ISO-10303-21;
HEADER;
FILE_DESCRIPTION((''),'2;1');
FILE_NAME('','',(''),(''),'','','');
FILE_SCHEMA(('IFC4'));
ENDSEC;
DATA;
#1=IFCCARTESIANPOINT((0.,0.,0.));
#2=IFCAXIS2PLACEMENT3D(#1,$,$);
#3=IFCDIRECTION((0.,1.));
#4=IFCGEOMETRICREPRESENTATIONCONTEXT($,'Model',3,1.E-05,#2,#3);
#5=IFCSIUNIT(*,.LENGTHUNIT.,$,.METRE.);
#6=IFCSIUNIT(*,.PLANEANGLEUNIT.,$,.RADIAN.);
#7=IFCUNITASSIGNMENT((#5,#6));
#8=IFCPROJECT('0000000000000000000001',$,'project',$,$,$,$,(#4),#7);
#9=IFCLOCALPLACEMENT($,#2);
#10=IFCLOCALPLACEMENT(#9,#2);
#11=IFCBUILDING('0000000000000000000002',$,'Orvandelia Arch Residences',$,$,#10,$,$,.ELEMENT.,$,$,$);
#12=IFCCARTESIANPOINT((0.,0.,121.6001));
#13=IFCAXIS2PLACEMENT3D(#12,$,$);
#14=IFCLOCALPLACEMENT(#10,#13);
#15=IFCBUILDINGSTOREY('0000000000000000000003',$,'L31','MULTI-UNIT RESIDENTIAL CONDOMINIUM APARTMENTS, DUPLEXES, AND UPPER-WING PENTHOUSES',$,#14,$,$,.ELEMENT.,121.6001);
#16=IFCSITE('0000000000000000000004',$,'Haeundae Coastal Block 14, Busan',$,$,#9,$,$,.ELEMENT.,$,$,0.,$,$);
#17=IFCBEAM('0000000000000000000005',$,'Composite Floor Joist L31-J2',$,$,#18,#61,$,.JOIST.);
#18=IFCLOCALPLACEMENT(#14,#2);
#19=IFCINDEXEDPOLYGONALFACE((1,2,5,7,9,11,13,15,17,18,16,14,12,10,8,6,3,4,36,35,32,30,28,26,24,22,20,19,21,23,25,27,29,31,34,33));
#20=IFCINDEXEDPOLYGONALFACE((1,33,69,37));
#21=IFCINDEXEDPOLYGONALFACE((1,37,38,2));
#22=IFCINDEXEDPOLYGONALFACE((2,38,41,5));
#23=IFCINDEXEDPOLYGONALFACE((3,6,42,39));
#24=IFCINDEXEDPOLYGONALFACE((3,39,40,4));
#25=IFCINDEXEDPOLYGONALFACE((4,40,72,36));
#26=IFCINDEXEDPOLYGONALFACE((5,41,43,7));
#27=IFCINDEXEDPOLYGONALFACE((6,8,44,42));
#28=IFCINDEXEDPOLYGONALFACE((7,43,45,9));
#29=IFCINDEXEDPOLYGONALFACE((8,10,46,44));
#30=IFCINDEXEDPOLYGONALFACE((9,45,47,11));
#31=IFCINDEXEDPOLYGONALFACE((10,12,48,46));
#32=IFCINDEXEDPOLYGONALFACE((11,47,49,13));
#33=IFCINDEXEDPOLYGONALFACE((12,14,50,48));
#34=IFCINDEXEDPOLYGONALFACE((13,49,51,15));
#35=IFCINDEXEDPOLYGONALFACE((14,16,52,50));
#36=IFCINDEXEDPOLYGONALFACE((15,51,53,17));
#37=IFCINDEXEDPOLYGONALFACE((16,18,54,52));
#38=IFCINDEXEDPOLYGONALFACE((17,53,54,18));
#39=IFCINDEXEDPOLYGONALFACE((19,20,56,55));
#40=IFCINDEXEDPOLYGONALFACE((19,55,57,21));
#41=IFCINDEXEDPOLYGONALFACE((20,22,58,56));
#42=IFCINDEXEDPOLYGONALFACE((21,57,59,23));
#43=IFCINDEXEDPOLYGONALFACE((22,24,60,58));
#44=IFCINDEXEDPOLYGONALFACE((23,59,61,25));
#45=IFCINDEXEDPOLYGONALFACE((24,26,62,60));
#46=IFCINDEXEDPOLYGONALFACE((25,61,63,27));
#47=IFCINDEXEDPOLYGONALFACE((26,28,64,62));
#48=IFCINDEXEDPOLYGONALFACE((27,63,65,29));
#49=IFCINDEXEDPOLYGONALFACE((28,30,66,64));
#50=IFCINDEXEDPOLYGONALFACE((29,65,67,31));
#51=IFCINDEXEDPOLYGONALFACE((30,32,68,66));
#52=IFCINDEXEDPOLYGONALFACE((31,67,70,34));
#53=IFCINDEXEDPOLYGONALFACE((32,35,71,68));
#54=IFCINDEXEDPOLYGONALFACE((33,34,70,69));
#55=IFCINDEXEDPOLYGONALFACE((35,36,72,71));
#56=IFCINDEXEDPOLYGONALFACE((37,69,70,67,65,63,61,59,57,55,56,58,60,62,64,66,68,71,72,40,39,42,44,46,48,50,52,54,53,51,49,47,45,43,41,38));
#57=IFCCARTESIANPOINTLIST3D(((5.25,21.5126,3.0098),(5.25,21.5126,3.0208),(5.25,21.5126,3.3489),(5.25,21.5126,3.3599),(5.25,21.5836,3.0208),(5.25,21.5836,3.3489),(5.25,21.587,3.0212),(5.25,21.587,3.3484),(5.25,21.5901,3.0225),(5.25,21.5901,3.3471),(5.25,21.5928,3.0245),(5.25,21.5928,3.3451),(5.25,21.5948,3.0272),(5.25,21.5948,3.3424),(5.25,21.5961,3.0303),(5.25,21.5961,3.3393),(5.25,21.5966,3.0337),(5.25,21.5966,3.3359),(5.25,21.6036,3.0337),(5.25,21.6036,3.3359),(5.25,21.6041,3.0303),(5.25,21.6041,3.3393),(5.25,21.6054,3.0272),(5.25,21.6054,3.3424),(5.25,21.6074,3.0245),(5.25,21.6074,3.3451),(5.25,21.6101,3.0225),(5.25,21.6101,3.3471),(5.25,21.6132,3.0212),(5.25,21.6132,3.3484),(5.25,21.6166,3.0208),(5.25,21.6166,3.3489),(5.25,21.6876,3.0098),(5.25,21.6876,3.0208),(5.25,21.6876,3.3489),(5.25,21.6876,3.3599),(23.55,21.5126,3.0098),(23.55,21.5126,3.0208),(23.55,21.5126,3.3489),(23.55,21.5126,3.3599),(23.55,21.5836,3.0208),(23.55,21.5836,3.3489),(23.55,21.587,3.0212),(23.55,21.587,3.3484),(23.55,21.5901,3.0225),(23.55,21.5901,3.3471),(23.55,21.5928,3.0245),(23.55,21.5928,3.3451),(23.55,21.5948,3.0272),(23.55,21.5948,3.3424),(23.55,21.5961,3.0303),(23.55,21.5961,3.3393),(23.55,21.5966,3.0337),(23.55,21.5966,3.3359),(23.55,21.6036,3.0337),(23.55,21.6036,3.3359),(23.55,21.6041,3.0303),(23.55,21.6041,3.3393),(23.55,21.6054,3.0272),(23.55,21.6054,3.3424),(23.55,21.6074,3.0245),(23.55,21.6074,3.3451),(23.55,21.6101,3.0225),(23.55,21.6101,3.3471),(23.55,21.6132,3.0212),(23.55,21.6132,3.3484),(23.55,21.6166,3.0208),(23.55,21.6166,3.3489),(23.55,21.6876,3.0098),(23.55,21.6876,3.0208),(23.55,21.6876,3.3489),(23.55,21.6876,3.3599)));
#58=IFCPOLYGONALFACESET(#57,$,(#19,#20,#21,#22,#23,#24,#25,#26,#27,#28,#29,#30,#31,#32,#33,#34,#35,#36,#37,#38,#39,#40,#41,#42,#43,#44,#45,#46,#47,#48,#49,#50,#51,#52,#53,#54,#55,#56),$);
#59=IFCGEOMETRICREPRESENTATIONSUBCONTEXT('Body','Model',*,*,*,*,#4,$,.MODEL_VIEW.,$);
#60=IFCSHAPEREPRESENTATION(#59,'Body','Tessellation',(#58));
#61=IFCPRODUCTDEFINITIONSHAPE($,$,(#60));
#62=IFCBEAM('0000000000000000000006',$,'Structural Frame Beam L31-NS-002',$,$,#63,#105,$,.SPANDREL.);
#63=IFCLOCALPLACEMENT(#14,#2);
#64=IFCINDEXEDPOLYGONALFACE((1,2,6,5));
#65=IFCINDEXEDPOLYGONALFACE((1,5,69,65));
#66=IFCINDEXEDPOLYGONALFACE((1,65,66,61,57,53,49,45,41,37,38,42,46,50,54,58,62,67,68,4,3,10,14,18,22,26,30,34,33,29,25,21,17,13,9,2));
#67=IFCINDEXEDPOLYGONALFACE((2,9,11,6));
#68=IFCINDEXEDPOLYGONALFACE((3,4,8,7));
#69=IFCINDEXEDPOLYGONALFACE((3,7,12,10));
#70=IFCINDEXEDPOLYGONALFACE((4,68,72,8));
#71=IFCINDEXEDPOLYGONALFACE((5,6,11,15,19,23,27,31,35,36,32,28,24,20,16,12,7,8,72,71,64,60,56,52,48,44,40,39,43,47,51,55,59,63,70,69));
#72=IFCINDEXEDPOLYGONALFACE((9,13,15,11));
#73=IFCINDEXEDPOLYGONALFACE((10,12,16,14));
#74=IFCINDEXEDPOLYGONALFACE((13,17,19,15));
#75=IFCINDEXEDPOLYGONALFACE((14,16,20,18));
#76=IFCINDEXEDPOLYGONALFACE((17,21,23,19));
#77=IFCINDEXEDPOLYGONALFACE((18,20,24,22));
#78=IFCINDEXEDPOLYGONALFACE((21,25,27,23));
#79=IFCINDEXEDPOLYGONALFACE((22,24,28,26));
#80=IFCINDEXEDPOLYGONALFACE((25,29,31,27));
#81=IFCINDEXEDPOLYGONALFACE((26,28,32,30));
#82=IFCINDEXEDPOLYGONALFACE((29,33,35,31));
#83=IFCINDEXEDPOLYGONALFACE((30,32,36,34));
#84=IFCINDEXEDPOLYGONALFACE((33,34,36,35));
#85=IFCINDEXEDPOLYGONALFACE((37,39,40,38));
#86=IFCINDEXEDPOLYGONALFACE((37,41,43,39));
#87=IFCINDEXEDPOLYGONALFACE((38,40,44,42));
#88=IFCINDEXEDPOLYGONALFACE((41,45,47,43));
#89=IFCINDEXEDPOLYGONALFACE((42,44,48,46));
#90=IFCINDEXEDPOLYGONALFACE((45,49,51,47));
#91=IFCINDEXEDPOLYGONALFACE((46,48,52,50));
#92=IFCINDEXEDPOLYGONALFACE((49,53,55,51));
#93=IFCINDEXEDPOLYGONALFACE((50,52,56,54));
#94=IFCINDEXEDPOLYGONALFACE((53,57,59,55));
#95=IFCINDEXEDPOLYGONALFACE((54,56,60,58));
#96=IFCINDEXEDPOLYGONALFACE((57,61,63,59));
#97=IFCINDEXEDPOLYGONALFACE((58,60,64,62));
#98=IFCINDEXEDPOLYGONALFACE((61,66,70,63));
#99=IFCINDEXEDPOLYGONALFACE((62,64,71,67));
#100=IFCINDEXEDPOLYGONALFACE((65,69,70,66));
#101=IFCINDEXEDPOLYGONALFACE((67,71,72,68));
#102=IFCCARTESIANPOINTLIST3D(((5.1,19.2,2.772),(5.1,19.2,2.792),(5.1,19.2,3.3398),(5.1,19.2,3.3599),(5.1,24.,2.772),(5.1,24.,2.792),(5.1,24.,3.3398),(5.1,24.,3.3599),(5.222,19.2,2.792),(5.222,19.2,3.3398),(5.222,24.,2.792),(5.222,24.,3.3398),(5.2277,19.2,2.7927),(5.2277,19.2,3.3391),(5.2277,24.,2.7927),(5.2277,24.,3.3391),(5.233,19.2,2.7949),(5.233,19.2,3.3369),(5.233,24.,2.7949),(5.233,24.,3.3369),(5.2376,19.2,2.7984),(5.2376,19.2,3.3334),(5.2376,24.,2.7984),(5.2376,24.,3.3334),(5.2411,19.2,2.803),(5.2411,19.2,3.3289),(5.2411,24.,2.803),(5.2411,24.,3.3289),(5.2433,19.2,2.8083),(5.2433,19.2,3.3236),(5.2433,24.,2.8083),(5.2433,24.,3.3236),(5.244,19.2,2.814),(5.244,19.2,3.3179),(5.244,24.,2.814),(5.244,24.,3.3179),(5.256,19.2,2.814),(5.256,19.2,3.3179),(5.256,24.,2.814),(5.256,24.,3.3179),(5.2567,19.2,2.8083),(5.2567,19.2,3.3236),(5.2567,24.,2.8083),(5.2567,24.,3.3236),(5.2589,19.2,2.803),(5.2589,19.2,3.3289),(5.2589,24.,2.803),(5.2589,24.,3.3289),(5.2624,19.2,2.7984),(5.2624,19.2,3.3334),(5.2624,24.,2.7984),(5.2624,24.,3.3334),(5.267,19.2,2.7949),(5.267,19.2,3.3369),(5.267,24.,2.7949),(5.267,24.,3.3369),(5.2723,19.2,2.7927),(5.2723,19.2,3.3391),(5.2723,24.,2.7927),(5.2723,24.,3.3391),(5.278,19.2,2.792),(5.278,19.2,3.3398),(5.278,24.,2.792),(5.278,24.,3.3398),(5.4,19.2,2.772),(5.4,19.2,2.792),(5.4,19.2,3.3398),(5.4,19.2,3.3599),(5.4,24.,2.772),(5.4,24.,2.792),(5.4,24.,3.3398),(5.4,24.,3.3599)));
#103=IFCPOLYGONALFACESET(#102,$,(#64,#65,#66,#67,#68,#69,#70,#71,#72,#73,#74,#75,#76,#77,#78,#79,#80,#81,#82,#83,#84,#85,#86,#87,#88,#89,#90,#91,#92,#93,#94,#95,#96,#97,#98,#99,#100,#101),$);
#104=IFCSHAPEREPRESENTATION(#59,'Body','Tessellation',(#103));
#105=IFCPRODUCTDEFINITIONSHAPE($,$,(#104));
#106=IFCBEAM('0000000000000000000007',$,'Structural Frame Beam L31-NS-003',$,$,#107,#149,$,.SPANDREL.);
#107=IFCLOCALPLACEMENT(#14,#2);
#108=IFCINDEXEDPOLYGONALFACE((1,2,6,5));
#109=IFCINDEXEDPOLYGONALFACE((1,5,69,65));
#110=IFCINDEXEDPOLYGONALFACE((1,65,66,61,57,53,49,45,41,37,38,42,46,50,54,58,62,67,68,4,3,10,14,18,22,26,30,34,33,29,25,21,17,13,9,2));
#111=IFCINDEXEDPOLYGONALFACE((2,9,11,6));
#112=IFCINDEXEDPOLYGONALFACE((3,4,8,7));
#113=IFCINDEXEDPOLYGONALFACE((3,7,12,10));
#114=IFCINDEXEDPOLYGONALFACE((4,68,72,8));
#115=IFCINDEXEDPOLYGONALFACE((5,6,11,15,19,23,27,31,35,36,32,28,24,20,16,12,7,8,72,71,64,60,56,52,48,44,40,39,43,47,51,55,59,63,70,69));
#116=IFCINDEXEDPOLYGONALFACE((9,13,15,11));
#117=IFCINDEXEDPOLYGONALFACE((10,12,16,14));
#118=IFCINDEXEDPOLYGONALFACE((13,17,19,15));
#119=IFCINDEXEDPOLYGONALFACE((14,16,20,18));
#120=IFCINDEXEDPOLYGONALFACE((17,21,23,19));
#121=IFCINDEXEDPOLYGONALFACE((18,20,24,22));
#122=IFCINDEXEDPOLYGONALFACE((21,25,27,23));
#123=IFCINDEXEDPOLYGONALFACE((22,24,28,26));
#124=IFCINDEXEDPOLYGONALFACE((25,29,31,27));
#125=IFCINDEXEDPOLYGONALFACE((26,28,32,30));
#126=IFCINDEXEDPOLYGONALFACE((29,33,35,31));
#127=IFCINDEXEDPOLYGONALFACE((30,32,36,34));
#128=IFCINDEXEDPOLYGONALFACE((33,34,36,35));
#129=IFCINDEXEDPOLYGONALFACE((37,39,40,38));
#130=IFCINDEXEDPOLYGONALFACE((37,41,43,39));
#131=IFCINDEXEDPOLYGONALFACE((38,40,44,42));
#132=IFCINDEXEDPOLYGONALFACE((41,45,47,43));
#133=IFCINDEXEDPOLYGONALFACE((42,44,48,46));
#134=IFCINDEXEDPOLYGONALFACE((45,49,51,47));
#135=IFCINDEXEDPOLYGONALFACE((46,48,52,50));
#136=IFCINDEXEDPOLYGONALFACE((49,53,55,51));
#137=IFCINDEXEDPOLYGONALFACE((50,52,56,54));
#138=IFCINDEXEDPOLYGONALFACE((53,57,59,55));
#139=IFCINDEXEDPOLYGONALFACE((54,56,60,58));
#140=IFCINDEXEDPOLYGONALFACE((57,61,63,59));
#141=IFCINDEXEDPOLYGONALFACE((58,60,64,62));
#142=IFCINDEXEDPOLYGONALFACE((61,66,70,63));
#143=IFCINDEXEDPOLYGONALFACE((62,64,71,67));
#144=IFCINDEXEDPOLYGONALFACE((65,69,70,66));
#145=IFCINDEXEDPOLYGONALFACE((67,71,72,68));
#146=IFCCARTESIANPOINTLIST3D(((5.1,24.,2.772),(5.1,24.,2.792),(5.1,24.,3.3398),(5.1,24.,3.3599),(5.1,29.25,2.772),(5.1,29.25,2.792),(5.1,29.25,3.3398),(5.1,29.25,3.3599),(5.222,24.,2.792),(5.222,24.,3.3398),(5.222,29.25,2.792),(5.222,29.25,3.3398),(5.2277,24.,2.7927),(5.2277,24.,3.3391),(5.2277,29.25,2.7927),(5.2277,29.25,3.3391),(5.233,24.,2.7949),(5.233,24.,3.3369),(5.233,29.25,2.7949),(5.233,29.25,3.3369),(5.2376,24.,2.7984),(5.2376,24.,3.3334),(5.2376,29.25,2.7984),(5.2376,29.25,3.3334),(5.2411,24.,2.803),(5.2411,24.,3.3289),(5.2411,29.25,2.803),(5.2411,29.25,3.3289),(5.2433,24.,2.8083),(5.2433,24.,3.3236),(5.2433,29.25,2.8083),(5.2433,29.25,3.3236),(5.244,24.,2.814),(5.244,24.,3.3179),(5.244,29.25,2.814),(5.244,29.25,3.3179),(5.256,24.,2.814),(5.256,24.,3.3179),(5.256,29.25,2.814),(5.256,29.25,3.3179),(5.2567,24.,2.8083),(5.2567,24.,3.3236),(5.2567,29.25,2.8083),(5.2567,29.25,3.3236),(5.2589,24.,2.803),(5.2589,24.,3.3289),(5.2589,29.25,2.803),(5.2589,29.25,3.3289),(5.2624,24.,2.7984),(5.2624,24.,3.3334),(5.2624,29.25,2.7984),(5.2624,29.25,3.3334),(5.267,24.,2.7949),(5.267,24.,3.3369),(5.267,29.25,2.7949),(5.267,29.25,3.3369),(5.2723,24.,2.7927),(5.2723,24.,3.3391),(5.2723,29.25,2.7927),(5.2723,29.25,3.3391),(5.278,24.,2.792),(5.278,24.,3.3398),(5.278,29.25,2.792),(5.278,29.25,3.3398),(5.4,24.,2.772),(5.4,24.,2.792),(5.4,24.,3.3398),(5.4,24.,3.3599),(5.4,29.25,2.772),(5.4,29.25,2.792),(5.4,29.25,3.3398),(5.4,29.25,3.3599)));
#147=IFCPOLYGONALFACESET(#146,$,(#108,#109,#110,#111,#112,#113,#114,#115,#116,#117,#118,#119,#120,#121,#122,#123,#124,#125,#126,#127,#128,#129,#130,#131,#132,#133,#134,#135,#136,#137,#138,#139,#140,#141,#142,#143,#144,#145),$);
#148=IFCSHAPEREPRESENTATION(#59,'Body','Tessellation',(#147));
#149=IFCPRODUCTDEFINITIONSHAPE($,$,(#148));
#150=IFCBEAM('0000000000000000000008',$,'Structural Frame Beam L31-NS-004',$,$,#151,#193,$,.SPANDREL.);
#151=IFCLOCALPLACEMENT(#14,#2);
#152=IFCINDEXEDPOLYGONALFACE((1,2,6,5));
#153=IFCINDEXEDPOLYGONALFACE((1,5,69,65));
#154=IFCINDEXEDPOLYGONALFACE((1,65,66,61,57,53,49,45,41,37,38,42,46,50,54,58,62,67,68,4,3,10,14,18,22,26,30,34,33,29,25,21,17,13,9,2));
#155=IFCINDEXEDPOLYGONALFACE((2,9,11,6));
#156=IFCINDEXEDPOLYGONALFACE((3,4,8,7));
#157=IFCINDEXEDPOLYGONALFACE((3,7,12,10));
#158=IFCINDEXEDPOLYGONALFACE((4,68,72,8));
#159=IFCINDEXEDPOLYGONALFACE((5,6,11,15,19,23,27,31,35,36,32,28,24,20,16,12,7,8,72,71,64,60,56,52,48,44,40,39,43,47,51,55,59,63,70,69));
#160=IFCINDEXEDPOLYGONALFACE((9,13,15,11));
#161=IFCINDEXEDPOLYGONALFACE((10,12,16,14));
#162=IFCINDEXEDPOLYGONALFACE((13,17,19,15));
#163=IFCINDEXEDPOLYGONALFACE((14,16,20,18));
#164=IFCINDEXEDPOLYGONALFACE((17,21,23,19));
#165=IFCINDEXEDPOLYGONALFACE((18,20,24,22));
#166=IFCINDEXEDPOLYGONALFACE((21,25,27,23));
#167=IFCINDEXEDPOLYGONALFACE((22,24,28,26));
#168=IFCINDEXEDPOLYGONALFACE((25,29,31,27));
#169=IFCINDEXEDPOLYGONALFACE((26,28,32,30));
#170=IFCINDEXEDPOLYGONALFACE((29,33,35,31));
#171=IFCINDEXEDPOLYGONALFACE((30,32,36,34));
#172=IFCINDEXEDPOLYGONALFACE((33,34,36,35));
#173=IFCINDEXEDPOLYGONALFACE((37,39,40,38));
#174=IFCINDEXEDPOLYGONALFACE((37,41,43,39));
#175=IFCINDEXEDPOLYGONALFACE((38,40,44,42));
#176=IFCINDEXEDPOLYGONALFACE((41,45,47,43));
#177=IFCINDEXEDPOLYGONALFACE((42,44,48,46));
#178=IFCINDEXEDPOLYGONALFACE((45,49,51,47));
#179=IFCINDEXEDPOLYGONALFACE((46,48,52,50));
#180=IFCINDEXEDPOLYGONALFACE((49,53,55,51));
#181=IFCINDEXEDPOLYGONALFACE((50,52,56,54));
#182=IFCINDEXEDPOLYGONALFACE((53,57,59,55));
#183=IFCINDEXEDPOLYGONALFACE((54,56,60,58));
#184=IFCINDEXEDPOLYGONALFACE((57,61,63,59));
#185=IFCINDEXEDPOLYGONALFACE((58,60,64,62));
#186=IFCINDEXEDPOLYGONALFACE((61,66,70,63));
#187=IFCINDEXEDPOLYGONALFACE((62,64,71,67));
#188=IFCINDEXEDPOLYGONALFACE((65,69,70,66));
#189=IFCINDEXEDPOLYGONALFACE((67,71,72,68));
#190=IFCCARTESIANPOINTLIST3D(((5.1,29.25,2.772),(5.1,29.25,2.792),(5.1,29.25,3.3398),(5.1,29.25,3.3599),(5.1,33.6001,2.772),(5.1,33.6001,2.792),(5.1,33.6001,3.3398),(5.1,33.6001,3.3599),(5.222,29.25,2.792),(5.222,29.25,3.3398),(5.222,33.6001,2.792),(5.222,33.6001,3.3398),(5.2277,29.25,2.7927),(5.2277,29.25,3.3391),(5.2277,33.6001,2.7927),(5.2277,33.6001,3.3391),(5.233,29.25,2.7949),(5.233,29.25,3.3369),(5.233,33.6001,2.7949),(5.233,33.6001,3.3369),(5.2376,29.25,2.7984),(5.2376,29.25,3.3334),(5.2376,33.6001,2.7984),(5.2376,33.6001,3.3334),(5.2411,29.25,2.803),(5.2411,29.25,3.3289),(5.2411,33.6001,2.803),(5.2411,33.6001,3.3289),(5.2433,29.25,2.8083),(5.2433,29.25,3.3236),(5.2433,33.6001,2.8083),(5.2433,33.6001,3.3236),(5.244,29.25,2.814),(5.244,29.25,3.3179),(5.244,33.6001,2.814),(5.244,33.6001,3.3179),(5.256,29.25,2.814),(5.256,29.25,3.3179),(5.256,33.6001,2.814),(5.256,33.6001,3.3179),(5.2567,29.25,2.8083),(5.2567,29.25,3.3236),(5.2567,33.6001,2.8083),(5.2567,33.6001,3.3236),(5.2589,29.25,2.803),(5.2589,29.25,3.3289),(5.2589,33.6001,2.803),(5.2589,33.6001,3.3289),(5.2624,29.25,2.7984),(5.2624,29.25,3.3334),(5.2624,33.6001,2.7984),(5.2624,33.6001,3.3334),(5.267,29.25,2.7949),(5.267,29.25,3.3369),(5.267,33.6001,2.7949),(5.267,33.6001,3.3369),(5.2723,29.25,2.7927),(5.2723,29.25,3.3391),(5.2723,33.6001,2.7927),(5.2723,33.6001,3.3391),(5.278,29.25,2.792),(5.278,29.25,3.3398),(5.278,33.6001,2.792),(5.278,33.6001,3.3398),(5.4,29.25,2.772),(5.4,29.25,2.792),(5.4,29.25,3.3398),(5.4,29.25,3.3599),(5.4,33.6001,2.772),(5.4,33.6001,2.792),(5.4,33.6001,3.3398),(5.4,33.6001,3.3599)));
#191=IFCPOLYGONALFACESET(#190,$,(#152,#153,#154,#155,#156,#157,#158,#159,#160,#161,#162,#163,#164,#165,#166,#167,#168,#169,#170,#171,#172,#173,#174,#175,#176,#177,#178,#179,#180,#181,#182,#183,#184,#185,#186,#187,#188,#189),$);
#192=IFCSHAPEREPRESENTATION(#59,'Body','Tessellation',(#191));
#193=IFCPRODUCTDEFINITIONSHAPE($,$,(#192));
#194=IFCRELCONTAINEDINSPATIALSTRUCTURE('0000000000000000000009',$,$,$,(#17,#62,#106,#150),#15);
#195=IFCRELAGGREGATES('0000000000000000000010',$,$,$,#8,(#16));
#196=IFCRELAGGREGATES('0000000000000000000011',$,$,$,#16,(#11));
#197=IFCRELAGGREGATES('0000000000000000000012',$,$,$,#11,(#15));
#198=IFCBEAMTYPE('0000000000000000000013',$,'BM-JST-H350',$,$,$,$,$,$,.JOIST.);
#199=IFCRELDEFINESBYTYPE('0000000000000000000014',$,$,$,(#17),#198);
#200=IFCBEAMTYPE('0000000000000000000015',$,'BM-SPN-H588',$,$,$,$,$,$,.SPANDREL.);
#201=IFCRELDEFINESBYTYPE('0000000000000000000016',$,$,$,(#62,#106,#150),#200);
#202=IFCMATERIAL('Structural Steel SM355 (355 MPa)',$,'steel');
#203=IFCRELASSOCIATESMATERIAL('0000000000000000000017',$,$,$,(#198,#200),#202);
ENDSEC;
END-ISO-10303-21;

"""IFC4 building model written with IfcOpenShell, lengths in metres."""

from ifc_helpers import new_model, si_unit, direction, frame, origin, origin_2d, place, context, subcontext, project, spatial, i_section, extrude, material, material_profile, profile_set, type_object, element, save


model = new_model("IFC4")

# Units and contexts
model_context = context("Model", 3, precision=1e-05, world=origin(), true_north=direction((0.0, 1.0)))
body_context = subcontext(model_context, "Body", "Model", "MODEL_VIEW")
ifc_project = project(units=[si_unit("LENGTHUNIT", "METRE"), si_unit("PLANEANGLEUNIT", "RADIAN")], contexts=[model_context])

# Site, building, storey
site_placement = place(None, origin())
site = spatial("IfcSite", under=ifc_project, at=site_placement, Name="Haeundae Coastal Block 14, Busan", CompositionType="ELEMENT", RefElevation=0.0)
building_placement = place(site_placement, origin())
building = spatial("IfcBuilding", under=site, at=building_placement, Name="Orvandelia Arch Residences", CompositionType="ELEMENT")
storey_placement = place(building_placement, frame((0.0, 0.0, 121.6001)))
storey = spatial("IfcBuildingStorey", under=building, at=storey_placement, Name="L31", Description="MULTI-UNIT RESIDENTIAL CONDOMINIUM APARTMENTS, DUPLEXES, AND UPPER-WING PENTHOUSES", CompositionType="ELEMENT", Elevation=121.6001)

# Beams
ifc_material_1 = material(Name="Structural Steel SM355 (355 MPa)", Category="steel")
ifc_material_profile_1 = material_profile(ifc_material_1, i_section(OverallWidth=0.175, OverallDepth=0.3501, WebThickness=0.0071, FlangeThickness=0.011, FilletRadius=0.0129, at=origin_2d()), Name="Structural Steel SM355 (355 MPa)", Category="steel")
ifc_profile_set_1 = profile_set([ifc_material_profile_1], Name="Structural Steel SM355 (355 MPa)")
beam_type_1 = type_object("IfcBeamType", Name="BM-JST-H350", PredefinedType="JOIST", material=ifc_profile_set_1)
for number, where, z_axis, x_axis, name in (
    (1, (5.25, 21.6001, 3.1848), (1.0, 0.0, 0.0), (0.0, 1.0, 0.0), "Composite Floor Joist L31-J2"),
):
    element("IfcBeam", number, at=place(storey_placement, frame(where, z_axis=z_axis, x_axis=x_axis)), inside=storey, type_object=beam_type_1, Name=name, PredefinedType="JOIST", context=body_context, shape_type="SweptSolid", body=[
        extrude(i_section(OverallWidth=0.175, OverallDepth=0.3501, WebThickness=0.0071, FlangeThickness=0.011, FilletRadius=0.0129, at=origin_2d()), origin(), (0.0, 0.0, 1.0), 18.3),
    ])
ifc_material_profile_2 = material_profile(ifc_material_1, i_section(OverallWidth=0.3, OverallDepth=0.5879, WebThickness=0.012, FlangeThickness=0.02, FilletRadius=0.022, at=origin_2d()), Name="Structural Steel SM355 (355 MPa)", Category="steel")
ifc_profile_set_2 = profile_set([ifc_material_profile_2], Name="Structural Steel SM355 (355 MPa)")
beam_type_2 = type_object("IfcBeamType", Name="BM-SPN-H588", PredefinedType="SPANDREL", material=ifc_profile_set_2)
beam_1_placement = place(storey_placement, frame((5.25, 19.2, 3.0659), z_axis=(0.0, 1.0, 0.0), x_axis=(-1.0, 0.0, 0.0)))
element("IfcBeam", 2, at=beam_1_placement, inside=storey, type_object=beam_type_2, Name="Structural Frame Beam L31-NS-002", PredefinedType="SPANDREL", context=body_context, shape_type="SweptSolid", body=[
    extrude(i_section(OverallWidth=0.3, OverallDepth=0.5879, WebThickness=0.012, FlangeThickness=0.02, FilletRadius=0.022, at=origin_2d()), origin(), (0.0, 0.0, 1.0), 4.8),
])
beam_2_placement = place(storey_placement, frame((5.25, 24.0, 3.0659), z_axis=(0.0, 1.0, 0.0), x_axis=(-1.0, 0.0, 0.0)))
element("IfcBeam", 3, at=beam_2_placement, inside=storey, type_object=beam_type_2, Name="Structural Frame Beam L31-NS-003", PredefinedType="SPANDREL", context=body_context, shape_type="SweptSolid", body=[
    extrude(i_section(OverallWidth=0.3, OverallDepth=0.5879, WebThickness=0.012, FlangeThickness=0.02, FilletRadius=0.022, at=origin_2d()), origin(), (0.0, 0.0, 1.0), 5.25),
])
beam_3_placement = place(storey_placement, frame((5.25, 29.25, 3.0659), z_axis=(0.0, 1.0, 0.0), x_axis=(-1.0, 0.0, 0.0)))
element("IfcBeam", 4, at=beam_3_placement, inside=storey, type_object=beam_type_2, Name="Structural Frame Beam L31-NS-004", PredefinedType="SPANDREL", context=body_context, shape_type="SweptSolid", body=[
    extrude(i_section(OverallWidth=0.3, OverallDepth=0.5879, WebThickness=0.012, FlangeThickness=0.02, FilletRadius=0.022, at=origin_2d()), origin(), (0.0, 0.0, 1.0), 4.3501),
])

save(model, "model.ifc")
